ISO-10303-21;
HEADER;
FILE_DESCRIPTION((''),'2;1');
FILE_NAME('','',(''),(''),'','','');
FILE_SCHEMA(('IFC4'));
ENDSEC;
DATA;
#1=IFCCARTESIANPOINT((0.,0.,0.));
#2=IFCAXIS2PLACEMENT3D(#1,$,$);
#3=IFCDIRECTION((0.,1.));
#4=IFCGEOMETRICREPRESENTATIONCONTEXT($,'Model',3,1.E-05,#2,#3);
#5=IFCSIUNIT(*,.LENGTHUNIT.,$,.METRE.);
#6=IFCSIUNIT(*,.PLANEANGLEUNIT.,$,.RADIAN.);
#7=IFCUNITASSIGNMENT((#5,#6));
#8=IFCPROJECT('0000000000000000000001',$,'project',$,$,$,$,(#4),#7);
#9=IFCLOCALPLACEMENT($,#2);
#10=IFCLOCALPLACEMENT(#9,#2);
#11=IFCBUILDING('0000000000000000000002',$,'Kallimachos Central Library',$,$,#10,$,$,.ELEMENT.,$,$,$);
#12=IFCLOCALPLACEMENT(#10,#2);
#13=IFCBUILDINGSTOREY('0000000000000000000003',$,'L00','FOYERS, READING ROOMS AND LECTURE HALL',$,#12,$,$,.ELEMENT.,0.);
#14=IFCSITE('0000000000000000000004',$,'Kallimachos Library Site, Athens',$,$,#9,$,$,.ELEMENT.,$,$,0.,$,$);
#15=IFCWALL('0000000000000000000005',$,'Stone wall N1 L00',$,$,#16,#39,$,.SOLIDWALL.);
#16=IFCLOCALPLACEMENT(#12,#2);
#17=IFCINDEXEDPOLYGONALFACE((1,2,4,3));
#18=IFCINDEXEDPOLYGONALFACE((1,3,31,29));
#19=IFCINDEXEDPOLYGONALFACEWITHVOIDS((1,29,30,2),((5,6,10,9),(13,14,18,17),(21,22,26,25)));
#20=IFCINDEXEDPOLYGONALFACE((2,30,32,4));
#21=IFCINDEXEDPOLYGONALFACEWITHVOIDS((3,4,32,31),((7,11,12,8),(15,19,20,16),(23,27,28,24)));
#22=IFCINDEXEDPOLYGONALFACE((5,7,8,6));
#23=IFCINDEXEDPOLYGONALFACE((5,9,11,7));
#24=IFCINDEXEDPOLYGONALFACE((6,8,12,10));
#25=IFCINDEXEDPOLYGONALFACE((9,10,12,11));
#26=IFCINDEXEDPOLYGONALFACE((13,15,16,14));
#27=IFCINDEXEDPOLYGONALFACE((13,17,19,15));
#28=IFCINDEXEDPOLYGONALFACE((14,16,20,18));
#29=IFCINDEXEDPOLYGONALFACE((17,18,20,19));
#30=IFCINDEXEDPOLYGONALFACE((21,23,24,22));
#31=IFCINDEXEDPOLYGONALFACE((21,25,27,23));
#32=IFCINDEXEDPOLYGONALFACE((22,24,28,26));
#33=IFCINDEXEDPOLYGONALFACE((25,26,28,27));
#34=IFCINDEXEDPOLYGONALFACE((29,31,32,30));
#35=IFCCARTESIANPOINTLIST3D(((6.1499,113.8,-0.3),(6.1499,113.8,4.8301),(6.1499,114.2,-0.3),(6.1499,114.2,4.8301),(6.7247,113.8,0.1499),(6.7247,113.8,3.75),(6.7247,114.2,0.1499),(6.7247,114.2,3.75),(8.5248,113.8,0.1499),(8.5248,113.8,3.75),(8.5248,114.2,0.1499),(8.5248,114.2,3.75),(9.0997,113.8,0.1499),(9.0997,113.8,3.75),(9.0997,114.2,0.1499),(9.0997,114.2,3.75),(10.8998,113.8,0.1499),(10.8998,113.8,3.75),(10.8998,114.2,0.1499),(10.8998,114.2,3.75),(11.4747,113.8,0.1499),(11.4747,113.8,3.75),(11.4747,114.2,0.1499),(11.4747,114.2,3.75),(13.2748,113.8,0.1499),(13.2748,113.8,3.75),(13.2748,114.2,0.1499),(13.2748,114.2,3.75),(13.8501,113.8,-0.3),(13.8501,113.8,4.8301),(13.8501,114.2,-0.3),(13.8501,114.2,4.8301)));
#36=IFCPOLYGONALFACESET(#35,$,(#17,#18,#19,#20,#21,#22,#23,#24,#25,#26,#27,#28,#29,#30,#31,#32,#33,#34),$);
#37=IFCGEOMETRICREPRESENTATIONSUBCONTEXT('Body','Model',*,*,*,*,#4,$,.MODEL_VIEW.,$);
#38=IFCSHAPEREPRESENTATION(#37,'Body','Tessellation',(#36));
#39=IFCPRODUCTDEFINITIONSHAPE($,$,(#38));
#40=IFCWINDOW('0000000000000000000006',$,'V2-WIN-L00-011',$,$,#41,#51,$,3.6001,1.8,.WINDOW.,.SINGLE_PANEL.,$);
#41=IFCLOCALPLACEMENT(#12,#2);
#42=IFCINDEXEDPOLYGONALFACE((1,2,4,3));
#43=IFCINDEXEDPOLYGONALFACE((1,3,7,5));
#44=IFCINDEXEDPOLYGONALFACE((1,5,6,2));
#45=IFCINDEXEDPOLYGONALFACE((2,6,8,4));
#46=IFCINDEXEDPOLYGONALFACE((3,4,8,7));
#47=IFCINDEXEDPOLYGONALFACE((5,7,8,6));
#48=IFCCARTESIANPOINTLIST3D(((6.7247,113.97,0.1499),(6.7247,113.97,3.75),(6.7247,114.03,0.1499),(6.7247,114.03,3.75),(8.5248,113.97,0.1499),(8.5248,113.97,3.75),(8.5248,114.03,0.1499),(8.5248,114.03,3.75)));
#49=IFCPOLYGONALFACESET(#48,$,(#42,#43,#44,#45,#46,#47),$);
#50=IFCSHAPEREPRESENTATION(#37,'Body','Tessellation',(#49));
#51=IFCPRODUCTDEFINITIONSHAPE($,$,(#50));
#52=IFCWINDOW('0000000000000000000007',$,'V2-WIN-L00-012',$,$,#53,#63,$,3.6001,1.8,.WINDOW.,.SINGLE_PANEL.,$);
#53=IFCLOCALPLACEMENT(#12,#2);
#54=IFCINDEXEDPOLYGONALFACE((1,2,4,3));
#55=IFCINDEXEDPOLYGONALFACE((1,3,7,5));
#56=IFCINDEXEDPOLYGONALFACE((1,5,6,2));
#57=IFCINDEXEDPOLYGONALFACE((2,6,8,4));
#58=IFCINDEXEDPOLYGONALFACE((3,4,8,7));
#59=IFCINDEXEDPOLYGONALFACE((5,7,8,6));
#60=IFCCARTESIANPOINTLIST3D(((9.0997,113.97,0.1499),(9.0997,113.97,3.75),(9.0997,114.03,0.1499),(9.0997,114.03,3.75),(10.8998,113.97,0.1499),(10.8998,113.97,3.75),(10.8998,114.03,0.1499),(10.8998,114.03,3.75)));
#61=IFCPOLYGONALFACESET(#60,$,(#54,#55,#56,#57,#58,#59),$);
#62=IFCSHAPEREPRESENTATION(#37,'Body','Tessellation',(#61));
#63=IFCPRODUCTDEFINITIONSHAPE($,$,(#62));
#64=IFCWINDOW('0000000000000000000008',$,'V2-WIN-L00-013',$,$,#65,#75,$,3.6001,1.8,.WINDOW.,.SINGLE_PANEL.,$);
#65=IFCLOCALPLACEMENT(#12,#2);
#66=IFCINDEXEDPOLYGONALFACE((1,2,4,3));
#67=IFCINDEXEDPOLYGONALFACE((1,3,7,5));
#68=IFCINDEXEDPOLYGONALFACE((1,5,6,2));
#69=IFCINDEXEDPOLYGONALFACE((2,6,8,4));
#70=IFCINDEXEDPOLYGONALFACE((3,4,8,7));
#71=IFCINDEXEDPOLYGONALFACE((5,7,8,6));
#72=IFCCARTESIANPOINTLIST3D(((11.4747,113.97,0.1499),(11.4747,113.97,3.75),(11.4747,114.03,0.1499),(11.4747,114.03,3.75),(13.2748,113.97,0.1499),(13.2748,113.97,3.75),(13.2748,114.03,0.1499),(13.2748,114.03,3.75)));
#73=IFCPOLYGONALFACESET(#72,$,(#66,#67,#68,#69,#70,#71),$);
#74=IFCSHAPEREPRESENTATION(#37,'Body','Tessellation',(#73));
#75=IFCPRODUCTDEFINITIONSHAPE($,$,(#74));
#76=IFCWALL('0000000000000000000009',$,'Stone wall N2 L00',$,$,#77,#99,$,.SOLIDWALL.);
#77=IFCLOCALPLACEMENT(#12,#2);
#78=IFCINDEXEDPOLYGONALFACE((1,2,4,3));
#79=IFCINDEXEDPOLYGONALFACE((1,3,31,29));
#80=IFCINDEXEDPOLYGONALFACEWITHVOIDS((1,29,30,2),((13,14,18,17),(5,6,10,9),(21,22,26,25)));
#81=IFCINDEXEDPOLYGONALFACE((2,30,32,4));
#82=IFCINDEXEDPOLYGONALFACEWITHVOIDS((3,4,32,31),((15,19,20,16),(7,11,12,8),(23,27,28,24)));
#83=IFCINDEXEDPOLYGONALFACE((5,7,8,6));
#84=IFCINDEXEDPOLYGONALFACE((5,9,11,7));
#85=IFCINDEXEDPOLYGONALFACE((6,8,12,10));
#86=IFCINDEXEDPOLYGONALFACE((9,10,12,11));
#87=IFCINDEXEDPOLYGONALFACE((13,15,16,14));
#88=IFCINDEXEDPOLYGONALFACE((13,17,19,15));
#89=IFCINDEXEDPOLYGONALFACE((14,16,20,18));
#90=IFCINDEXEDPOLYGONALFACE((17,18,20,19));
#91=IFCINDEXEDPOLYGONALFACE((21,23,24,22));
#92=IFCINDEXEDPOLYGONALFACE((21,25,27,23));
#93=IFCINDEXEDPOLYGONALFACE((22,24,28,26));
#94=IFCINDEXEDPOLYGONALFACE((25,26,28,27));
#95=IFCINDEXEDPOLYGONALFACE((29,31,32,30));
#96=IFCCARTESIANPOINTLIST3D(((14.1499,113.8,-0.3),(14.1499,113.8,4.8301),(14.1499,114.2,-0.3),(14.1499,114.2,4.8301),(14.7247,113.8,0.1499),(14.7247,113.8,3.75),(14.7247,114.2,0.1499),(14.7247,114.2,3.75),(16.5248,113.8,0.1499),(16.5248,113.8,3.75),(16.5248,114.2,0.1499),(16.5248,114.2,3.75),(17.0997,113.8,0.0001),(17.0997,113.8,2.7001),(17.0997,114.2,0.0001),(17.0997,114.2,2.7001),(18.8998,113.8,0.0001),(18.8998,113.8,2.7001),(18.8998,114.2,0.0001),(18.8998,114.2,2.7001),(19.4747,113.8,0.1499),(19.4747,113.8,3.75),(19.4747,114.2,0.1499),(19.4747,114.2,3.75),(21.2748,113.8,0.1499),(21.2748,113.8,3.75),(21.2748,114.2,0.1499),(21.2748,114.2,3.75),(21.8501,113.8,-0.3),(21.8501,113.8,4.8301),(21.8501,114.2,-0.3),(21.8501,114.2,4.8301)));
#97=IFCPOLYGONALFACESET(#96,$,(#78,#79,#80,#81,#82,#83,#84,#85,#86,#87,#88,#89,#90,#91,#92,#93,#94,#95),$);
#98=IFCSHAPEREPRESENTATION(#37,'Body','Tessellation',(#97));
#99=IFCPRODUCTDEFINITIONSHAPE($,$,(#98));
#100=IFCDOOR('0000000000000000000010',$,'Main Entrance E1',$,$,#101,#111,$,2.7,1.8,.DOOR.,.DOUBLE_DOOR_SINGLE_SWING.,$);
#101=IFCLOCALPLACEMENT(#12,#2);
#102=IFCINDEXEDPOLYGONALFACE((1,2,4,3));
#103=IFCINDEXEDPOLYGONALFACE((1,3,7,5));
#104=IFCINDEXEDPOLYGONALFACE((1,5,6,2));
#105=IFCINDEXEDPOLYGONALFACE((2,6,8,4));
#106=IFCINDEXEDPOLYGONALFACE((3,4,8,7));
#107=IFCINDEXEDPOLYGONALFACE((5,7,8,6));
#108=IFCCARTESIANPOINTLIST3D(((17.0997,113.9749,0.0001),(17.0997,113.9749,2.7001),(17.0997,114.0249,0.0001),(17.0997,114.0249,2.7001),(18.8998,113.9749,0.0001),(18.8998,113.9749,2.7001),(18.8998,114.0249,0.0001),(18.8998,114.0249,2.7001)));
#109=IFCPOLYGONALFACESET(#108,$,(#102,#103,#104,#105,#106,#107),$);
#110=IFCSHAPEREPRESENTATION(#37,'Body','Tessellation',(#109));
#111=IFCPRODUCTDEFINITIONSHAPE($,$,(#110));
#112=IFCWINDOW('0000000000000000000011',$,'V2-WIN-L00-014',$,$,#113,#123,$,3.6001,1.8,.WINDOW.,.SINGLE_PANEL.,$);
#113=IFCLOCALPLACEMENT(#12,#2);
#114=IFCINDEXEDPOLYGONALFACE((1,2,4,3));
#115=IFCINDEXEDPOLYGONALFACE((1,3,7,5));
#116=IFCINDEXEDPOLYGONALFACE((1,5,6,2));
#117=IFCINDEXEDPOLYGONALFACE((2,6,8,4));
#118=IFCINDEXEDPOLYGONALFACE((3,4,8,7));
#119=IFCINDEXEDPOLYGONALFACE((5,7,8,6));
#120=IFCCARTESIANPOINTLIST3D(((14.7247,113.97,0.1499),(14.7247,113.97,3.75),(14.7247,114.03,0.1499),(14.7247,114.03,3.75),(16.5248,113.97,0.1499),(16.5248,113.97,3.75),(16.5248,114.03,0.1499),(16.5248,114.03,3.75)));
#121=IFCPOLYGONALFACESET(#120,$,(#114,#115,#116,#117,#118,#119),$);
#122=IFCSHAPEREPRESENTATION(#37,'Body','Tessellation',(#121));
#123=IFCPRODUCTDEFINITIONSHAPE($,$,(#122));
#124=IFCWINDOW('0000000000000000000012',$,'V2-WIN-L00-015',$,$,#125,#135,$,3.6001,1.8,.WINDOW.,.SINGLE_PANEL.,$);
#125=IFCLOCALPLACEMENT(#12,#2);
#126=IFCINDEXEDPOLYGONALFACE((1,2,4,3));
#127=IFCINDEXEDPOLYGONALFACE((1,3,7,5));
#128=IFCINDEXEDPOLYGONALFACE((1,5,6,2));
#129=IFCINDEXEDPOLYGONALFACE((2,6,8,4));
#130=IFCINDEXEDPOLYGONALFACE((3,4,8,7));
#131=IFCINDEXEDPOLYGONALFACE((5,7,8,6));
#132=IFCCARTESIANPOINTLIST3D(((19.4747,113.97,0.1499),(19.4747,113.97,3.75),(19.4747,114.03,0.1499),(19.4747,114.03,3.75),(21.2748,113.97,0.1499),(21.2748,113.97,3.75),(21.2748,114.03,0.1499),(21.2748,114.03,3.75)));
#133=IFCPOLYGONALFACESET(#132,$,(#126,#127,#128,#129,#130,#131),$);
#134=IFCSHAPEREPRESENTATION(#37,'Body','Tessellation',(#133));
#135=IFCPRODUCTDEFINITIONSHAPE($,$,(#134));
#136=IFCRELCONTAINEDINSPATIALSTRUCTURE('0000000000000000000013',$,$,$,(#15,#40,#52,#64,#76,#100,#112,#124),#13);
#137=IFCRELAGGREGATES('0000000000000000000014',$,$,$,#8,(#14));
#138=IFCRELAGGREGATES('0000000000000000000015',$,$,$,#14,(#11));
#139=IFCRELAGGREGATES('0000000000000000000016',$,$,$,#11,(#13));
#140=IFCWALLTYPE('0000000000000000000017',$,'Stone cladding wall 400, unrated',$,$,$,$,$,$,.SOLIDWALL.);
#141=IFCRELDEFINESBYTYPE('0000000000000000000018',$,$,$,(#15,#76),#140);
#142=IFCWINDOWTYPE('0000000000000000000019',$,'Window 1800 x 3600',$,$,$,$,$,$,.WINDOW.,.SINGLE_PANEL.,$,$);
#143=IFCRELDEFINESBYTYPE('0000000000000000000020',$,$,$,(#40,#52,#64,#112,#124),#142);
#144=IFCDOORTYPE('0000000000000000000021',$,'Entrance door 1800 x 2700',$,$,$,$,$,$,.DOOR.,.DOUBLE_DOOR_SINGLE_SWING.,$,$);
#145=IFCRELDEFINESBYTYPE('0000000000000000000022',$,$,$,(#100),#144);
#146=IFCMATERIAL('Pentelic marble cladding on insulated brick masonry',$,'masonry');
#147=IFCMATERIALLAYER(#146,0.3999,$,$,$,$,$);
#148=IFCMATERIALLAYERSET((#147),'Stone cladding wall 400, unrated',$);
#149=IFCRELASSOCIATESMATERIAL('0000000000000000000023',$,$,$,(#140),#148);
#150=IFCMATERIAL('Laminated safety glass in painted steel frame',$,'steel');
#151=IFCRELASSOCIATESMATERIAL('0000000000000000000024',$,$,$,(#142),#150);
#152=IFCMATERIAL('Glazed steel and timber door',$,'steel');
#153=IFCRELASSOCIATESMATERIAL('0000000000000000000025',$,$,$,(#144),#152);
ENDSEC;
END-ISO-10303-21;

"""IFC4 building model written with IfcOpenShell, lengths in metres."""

from ifc_helpers import new_model, si_unit, direction, frame, frame_2d, origin, place, context, subcontext, project, spatial, rectangle, extrude, material, layer, layer_set, type_object, element, fill, save


model = new_model("IFC4")

# Units and contexts
model_context = context("Model", 3, precision=1e-05, world=origin(), true_north=direction((0.0, 1.0)))
body_context = subcontext(model_context, "Body", "Model", "MODEL_VIEW")
ifc_project = project(units=[si_unit("LENGTHUNIT", "METRE"), si_unit("PLANEANGLEUNIT", "RADIAN")], contexts=[model_context])

# Site, building, storey
site_placement = place(None, origin())
site = spatial("IfcSite", under=ifc_project, at=site_placement, Name="Kallimachos Library Site, Athens", CompositionType="ELEMENT", RefElevation=0.0)
building_placement = place(site_placement, origin())
building = spatial("IfcBuilding", under=site, at=building_placement, Name="Kallimachos Central Library", CompositionType="ELEMENT")
storey_placement = place(building_placement, origin())
storey = spatial("IfcBuildingStorey", under=building, at=storey_placement, Name="L00", Description="FOYERS, READING ROOMS AND LECTURE HALL", CompositionType="ELEMENT", Elevation=0.0)

# Wall, openings, windows
ifc_material_1 = material(Name="Pentelic marble cladding on insulated brick masonry", Category="masonry")
ifc_layer_1 = layer(ifc_material_1, 0.3999)
ifc_layer_set_1 = layer_set([ifc_layer_1], Name="Stone cladding wall 400, unrated")
wall_type_1 = type_object("IfcWallType", Name="Stone cladding wall 400, unrated", PredefinedType="SOLIDWALL", material=ifc_layer_set_1)
wall_1_placement = place(storey_placement, frame((6.1499, 114.0, -0.3), z_axis=(0.0, 0.0, 1.0), x_axis=(1.0, 0.0, 0.0)))
wall_1 = element("IfcWall", 1, at=wall_1_placement, inside=storey, type_object=wall_type_1, Name="Stone wall N1 L00", PredefinedType="SOLIDWALL", context=body_context, shape_type="SweptSolid", body=[
    extrude(rectangle(XDim=7.7002, YDim=0.3999, at=frame_2d((3.8501, 0.0))), origin(), (0.0, 0.0, 1.0), 5.1301),
])
opening_1_placement = place(wall_1_placement, frame((0.575, 0.0, 0.45)))
opening_1 = element("IfcOpeningElement", 2, at=opening_1_placement, cuts=wall_1, PredefinedType="OPENING", context=body_context, shape_type="SweptSolid", body=[
    extrude(rectangle(XDim=1.8, YDim=3.6001, at=frame_2d((0.8999, 1.8))), frame((0.0, 0.21, 0.0), z_axis=(0.0, -1.0, 0.0), x_axis=(1.0, 0.0, 0.0)), (0.0, 0.0, 1.0), 0.4199),
])
opening_2_placement = place(wall_1_placement, frame((2.95, 0.0, 0.45)))
opening_2 = element("IfcOpeningElement", 3, at=opening_2_placement, cuts=wall_1, PredefinedType="OPENING", context=body_context, shape_type="SweptSolid", body=[
    extrude(rectangle(XDim=1.8, YDim=3.6001, at=frame_2d((0.8999, 1.8))), frame((0.0, 0.21, 0.0), z_axis=(0.0, -1.0, 0.0), x_axis=(1.0, 0.0, 0.0)), (0.0, 0.0, 1.0), 0.4199),
])
opening_3_placement = place(wall_1_placement, frame((5.325, 0.0, 0.45)))
opening_3 = element("IfcOpeningElement", 4, at=opening_3_placement, cuts=wall_1, PredefinedType="OPENING", context=body_context, shape_type="SweptSolid", body=[
    extrude(rectangle(XDim=1.8, YDim=3.6001, at=frame_2d((0.8999, 1.8))), frame((0.0, 0.21, 0.0), z_axis=(0.0, -1.0, 0.0), x_axis=(1.0, 0.0, 0.0)), (0.0, 0.0, 1.0), 0.4199),
])
ifc_material_2 = material(Name="Laminated safety glass in painted steel frame", Category="steel")
window_type = type_object("IfcWindowType", Name="Window 1800 x 3600", PartitioningType="SINGLE_PANEL", PredefinedType="WINDOW", material=ifc_material_2)
window_1_placement = place(opening_1_placement, origin())
window_1 = element("IfcWindow", 5, at=window_1_placement, inside=storey, type_object=window_type, Name="V2-WIN-L00-011", OverallHeight=3.6001, OverallWidth=1.8, PartitioningType="SINGLE_PANEL", PredefinedType="WINDOW", context=body_context, shape_type="SweptSolid", body=[
    extrude(rectangle(XDim=1.8, YDim=3.6001, at=frame_2d((0.8999, 1.8))), frame((0.0, 0.03, 0.0), z_axis=(0.0, -1.0, 0.0), x_axis=(1.0, 0.0, 0.0)), (0.0, 0.0, 1.0), 0.0601),
])
fill(opening_1, window_1)
window_2_placement = place(opening_2_placement, origin())
window_2 = element("IfcWindow", 6, at=window_2_placement, inside=storey, type_object=window_type, Name="V2-WIN-L00-012", OverallHeight=3.6001, OverallWidth=1.8, PartitioningType="SINGLE_PANEL", PredefinedType="WINDOW", context=body_context, shape_type="SweptSolid", body=[
    extrude(rectangle(XDim=1.8, YDim=3.6001, at=frame_2d((0.8999, 1.8))), frame((0.0, 0.03, 0.0), z_axis=(0.0, -1.0, 0.0), x_axis=(1.0, 0.0, 0.0)), (0.0, 0.0, 1.0), 0.0601),
])
fill(opening_2, window_2)
window_3_placement = place(opening_3_placement, origin())
window_3 = element("IfcWindow", 7, at=window_3_placement, inside=storey, type_object=window_type, Name="V2-WIN-L00-013", OverallHeight=3.6001, OverallWidth=1.8, PartitioningType="SINGLE_PANEL", PredefinedType="WINDOW", context=body_context, shape_type="SweptSolid", body=[
    extrude(rectangle(XDim=1.8, YDim=3.6001, at=frame_2d((0.8999, 1.8))), frame((0.0, 0.03, 0.0), z_axis=(0.0, -1.0, 0.0), x_axis=(1.0, 0.0, 0.0)), (0.0, 0.0, 1.0), 0.0601),
])
fill(opening_3, window_3)

# Wall, openings, door, windows
wall_2_placement = place(storey_placement, frame((14.1499, 114.0, -0.3), z_axis=(0.0, 0.0, 1.0), x_axis=(1.0, 0.0, 0.0)))
wall_2 = element("IfcWall", 8, at=wall_2_placement, inside=storey, type_object=wall_type_1, Name="Stone wall N2 L00", PredefinedType="SOLIDWALL", context=body_context, shape_type="SweptSolid", body=[
    extrude(rectangle(XDim=7.7002, YDim=0.3999, at=frame_2d((3.8501, 0.0))), origin(), (0.0, 0.0, 1.0), 5.1301),
])
opening_4_placement = place(wall_2_placement, frame((0.575, 0.0, 0.45)))
opening_4 = element("IfcOpeningElement", 9, at=opening_4_placement, cuts=wall_2, PredefinedType="OPENING", context=body_context, shape_type="SweptSolid", body=[
    extrude(rectangle(XDim=1.8, YDim=3.6001, at=frame_2d((0.8999, 1.8))), frame((0.0, 0.21, 0.0), z_axis=(0.0, -1.0, 0.0), x_axis=(1.0, 0.0, 0.0)), (0.0, 0.0, 1.0), 0.4199),
])
opening_5_placement = place(wall_2_placement, frame((2.95, 0.0, 0.3)))
opening_5 = element("IfcOpeningElement", 10, at=opening_5_placement, cuts=wall_2, PredefinedType="OPENING", context=body_context, shape_type="SweptSolid", body=[
    extrude(rectangle(XDim=1.8, YDim=2.7, at=frame_2d((0.8999, 1.3501))), frame((0.0, 0.21, 0.0), z_axis=(0.0, -1.0, 0.0), x_axis=(1.0, 0.0, 0.0)), (0.0, 0.0, 1.0), 0.4199),
])
opening_6_placement = place(wall_2_placement, frame((5.325, 0.0, 0.45)))
opening_6 = element("IfcOpeningElement", 11, at=opening_6_placement, cuts=wall_2, PredefinedType="OPENING", context=body_context, shape_type="SweptSolid", body=[
    extrude(rectangle(XDim=1.8, YDim=3.6001, at=frame_2d((0.8999, 1.8))), frame((0.0, 0.21, 0.0), z_axis=(0.0, -1.0, 0.0), x_axis=(1.0, 0.0, 0.0)), (0.0, 0.0, 1.0), 0.4199),
])
ifc_material_3 = material(Name="Glazed steel and timber door", Category="steel")
door_type = type_object("IfcDoorType", Name="Entrance door 1800 x 2700", OperationType="DOUBLE_DOOR_SINGLE_SWING", PredefinedType="DOOR", material=ifc_material_3)
door_placement = place(opening_5_placement, origin())
door = element("IfcDoor", 12, at=door_placement, inside=storey, type_object=door_type, Name="Main Entrance E1", OperationType="DOUBLE_DOOR_SINGLE_SWING", OverallHeight=2.7, OverallWidth=1.8, PredefinedType="DOOR", context=body_context, shape_type="SweptSolid", body=[
    extrude(rectangle(XDim=1.8, YDim=2.7, at=frame_2d((0.8999, 1.3501))), frame((0.0, 0.0249, 0.0), z_axis=(0.0, -1.0, 0.0), x_axis=(1.0, 0.0, 0.0)), (0.0, 0.0, 1.0), 0.05),
])
fill(opening_5, door)
window_4_placement = place(opening_4_placement, origin())
window_4 = element("IfcWindow", 13, at=window_4_placement, inside=storey, type_object=window_type, Name="V2-WIN-L00-014", OverallHeight=3.6001, OverallWidth=1.8, PartitioningType="SINGLE_PANEL", PredefinedType="WINDOW", context=body_context, shape_type="SweptSolid", body=[
    extrude(rectangle(XDim=1.8, YDim=3.6001, at=frame_2d((0.8999, 1.8))), frame((0.0, 0.03, 0.0), z_axis=(0.0, -1.0, 0.0), x_axis=(1.0, 0.0, 0.0)), (0.0, 0.0, 1.0), 0.0601),
])
fill(opening_4, window_4)
window_5_placement = place(opening_6_placement, origin())
window_5 = element("IfcWindow", 14, at=window_5_placement, inside=storey, type_object=window_type, Name="V2-WIN-L00-015", OverallHeight=3.6001, OverallWidth=1.8, PartitioningType="SINGLE_PANEL", PredefinedType="WINDOW", context=body_context, shape_type="SweptSolid", body=[
    extrude(rectangle(XDim=1.8, YDim=3.6001, at=frame_2d((0.8999, 1.8))), frame((0.0, 0.03, 0.0), z_axis=(0.0, -1.0, 0.0), x_axis=(1.0, 0.0, 0.0)), (0.0, 0.0, 1.0), 0.0601),
])
fill(opening_6, window_5)

save(model, "model.ifc")
